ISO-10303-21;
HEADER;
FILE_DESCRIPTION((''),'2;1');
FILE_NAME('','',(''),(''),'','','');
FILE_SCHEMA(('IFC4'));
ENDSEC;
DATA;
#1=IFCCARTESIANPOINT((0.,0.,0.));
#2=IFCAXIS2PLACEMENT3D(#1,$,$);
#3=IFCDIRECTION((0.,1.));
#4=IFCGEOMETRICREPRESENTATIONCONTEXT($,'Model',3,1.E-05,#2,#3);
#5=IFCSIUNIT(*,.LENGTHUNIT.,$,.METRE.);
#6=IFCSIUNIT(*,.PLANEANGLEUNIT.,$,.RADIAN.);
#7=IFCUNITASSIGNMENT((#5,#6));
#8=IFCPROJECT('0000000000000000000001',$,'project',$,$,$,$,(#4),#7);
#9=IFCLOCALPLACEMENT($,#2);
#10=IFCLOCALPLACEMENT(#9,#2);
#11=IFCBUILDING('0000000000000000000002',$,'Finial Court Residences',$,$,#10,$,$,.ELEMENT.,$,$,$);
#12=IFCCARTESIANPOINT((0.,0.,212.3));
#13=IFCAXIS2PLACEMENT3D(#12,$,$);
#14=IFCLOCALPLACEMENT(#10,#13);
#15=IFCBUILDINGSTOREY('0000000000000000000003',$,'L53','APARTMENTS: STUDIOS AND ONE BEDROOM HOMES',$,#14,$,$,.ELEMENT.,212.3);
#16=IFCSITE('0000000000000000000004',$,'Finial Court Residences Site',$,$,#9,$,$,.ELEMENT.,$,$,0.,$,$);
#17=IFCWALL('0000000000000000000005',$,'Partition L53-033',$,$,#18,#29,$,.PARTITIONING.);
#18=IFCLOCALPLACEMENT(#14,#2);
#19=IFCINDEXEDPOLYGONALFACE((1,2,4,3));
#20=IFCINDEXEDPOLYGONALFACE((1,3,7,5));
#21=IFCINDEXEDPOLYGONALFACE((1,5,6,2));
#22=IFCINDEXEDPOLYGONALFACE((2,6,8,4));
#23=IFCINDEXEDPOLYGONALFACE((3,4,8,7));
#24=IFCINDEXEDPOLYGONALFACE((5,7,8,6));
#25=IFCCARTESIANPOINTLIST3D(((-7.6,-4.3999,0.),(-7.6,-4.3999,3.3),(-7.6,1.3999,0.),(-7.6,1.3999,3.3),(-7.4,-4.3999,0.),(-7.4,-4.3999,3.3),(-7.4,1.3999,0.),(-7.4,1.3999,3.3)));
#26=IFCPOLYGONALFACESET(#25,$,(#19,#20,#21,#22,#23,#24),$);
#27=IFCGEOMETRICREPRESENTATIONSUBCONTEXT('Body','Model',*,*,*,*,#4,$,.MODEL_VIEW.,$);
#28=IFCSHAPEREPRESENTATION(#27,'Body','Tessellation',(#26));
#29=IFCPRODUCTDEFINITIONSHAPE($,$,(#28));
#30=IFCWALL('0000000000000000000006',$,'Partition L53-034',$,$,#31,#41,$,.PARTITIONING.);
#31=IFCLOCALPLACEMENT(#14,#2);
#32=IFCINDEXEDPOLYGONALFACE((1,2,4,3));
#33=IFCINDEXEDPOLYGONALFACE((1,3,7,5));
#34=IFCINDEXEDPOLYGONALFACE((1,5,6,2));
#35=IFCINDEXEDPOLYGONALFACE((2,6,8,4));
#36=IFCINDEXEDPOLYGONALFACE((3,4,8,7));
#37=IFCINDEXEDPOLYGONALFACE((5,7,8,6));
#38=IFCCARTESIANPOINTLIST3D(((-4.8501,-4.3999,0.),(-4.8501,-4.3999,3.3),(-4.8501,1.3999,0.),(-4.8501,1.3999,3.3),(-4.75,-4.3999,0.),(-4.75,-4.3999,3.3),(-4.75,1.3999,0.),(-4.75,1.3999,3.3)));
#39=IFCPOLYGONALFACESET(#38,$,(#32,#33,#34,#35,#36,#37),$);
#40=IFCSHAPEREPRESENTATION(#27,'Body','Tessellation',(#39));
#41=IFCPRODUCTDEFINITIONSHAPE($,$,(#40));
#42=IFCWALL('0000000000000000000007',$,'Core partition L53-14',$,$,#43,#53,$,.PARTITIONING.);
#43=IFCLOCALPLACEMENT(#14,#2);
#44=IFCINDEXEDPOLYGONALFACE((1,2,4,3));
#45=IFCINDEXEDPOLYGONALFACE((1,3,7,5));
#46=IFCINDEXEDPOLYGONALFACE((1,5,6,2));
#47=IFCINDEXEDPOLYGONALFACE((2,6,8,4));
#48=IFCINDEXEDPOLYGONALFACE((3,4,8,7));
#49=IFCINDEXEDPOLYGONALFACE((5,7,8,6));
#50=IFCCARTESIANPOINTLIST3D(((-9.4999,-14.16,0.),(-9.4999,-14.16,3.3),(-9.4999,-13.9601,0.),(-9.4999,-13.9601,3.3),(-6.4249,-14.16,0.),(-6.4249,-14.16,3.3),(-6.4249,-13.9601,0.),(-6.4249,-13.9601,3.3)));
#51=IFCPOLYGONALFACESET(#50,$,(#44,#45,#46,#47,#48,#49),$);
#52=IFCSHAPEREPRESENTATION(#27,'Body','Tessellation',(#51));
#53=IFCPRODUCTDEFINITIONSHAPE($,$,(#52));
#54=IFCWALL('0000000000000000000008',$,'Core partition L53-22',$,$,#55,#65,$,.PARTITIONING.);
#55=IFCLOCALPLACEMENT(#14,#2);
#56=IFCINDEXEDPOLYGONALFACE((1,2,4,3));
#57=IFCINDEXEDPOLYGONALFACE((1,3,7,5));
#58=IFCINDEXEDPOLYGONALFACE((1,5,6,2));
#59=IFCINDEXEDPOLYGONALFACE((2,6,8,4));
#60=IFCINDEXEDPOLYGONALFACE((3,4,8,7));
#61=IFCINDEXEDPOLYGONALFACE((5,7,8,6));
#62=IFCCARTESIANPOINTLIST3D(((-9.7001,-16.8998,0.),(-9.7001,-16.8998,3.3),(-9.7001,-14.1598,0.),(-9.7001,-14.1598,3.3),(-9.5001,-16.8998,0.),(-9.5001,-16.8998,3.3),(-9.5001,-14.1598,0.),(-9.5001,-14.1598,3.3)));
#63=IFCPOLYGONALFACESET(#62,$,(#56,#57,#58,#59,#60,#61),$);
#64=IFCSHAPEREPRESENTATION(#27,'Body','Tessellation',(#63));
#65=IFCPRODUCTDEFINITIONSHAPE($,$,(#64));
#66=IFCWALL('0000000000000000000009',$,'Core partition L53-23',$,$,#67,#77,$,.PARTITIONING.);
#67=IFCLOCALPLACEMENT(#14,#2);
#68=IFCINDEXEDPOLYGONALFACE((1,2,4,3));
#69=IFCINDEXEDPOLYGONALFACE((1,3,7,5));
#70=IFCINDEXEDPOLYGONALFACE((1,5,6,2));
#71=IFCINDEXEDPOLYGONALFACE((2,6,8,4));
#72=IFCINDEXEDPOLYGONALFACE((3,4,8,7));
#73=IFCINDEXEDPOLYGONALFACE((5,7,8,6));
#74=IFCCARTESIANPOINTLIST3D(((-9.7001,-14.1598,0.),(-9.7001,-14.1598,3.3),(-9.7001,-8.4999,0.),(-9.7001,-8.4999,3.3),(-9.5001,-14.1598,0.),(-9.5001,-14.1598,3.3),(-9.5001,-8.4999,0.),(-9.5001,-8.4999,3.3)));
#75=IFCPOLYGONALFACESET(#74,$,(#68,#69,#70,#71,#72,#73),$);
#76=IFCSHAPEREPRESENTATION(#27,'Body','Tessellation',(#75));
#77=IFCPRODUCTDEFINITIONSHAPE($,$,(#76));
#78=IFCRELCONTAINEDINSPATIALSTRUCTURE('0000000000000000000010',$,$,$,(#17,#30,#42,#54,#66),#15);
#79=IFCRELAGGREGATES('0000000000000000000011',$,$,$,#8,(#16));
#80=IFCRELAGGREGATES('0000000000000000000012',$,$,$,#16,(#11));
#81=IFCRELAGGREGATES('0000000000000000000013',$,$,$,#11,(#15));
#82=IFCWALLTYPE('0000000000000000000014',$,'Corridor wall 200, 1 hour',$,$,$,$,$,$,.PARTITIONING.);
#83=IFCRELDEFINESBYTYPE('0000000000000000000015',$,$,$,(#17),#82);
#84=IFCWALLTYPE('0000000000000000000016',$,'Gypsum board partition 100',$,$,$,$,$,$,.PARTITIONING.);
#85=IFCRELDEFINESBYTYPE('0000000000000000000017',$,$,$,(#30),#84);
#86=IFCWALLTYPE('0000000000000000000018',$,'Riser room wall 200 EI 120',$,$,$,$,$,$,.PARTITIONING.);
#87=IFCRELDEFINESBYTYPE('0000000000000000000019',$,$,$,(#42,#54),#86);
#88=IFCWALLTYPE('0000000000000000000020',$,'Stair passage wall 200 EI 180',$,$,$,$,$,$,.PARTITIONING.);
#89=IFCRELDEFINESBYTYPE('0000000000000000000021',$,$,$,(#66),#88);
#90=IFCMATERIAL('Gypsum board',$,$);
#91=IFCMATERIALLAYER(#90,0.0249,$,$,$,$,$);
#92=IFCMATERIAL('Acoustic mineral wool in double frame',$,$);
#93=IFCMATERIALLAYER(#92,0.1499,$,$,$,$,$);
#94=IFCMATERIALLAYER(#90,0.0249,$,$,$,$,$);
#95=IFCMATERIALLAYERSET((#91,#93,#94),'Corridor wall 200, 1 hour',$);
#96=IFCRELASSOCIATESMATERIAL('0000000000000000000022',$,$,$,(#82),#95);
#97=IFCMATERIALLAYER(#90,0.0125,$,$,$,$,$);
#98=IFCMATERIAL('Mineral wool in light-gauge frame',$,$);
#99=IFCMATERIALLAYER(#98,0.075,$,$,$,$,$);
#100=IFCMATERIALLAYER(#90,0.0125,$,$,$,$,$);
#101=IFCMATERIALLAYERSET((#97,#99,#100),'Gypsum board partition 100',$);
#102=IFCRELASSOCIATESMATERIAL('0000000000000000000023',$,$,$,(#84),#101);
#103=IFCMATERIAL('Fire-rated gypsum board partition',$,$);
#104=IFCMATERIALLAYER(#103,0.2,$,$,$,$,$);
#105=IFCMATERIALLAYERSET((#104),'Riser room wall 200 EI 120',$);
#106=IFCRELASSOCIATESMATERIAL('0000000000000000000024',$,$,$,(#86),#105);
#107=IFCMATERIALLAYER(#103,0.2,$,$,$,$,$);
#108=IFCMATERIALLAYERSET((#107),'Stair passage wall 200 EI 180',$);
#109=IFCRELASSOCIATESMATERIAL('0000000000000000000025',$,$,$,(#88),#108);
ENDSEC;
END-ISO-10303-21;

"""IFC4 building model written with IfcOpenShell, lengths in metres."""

from ifc_helpers import new_model, si_unit, direction, frame, frame_2d, origin, place, context, subcontext, project, spatial, rectangle, extrude, material, layer, layer_set, type_object, element, save


model = new_model("IFC4")

# Units and contexts
model_context = context("Model", 3, precision=1e-05, world=origin(), true_north=direction((0.0, 1.0)))
body_context = subcontext(model_context, "Body", "Model", "MODEL_VIEW")
ifc_project = project(units=[si_unit("LENGTHUNIT", "METRE"), si_unit("PLANEANGLEUNIT", "RADIAN")], contexts=[model_context])

# Site, building, storey
site_placement = place(None, origin())
site = spatial("IfcSite", under=ifc_project, at=site_placement, Name="Finial Court Residences Site", CompositionType="ELEMENT", RefElevation=0.0)
building_placement = place(site_placement, origin())
building = spatial("IfcBuilding", under=site, at=building_placement, Name="Finial Court Residences", CompositionType="ELEMENT")
storey_placement = place(building_placement, frame((0.0, 0.0, 212.3)))
storey = spatial("IfcBuildingStorey", under=building, at=storey_placement, Name="L53", Description="APARTMENTS: STUDIOS AND ONE BEDROOM HOMES", CompositionType="ELEMENT", Elevation=212.3)

# Shared definitions
ifc_material_1 = material(Name="Fire-rated gypsum board partition")

# Shared definitions
ifc_material_2 = material(Name="Gypsum board")
ifc_layer_1 = layer(ifc_material_2, 0.0249)
ifc_material_3 = material(Name="Acoustic mineral wool in double frame")
ifc_layer_2 = layer(ifc_material_3, 0.1499)
ifc_layer_3 = layer(ifc_material_2, 0.0249)
ifc_layer_set_1 = layer_set([ifc_layer_1, ifc_layer_2, ifc_layer_3], Name="Corridor wall 200, 1 hour")
wall_type_1 = type_object("IfcWallType", Name="Corridor wall 200, 1 hour", PredefinedType="PARTITIONING", material=ifc_layer_set_1)

# Walls
wall_1_placement = place(storey_placement, frame((-7.5, -4.3999, 0.0), z_axis=(0.0, 0.0, 1.0), x_axis=(0.0, 1.0, 0.0)))
element("IfcWall", 1, at=wall_1_placement, inside=storey, type_object=wall_type_1, Name="Partition L53-033", PredefinedType="PARTITIONING", context=body_context, shape_type="SweptSolid", body=[
    extrude(rectangle(XDim=5.7998, YDim=0.2, at=frame_2d((2.8999, 0.0))), origin(), (0.0, 0.0, 1.0), 3.3),
])
ifc_layer_4 = layer(ifc_material_2, 0.0125)
ifc_material_4 = material(Name="Mineral wool in light-gauge frame")
ifc_layer_5 = layer(ifc_material_4, 0.075)
ifc_layer_6 = layer(ifc_material_2, 0.0125)
ifc_layer_set_2 = layer_set([ifc_layer_4, ifc_layer_5, ifc_layer_6], Name="Gypsum board partition 100")
wall_type_2 = type_object("IfcWallType", Name="Gypsum board partition 100", PredefinedType="PARTITIONING", material=ifc_layer_set_2)
wall_2_placement = place(storey_placement, frame((-4.8, -4.3999, 0.0), z_axis=(0.0, 0.0, 1.0), x_axis=(0.0, 1.0, 0.0)))
element("IfcWall", 2, at=wall_2_placement, inside=storey, type_object=wall_type_2, Name="Partition L53-034", PredefinedType="PARTITIONING", context=body_context, shape_type="SweptSolid", body=[
    extrude(rectangle(XDim=5.7998, YDim=0.1001, at=frame_2d((2.8999, 0.0))), origin(), (0.0, 0.0, 1.0), 3.3),
])
ifc_layer_7 = layer(ifc_material_1, 0.2)
ifc_layer_set_3 = layer_set([ifc_layer_7], Name="Riser room wall 200 EI 120")
wall_type_3 = type_object("IfcWallType", Name="Riser room wall 200 EI 120", PredefinedType="PARTITIONING", material=ifc_layer_set_3)
wall_3_placement = place(storey_placement, frame((-9.5, -14.0601, 0.0), z_axis=(0.0, 0.0, 1.0), x_axis=(1.0, 0.0, 0.0)))
element("IfcWall", 3, at=wall_3_placement, inside=storey, type_object=wall_type_3, Name="Core partition L53-14", PredefinedType="PARTITIONING", context=body_context, shape_type="SweptSolid", body=[
    extrude(rectangle(XDim=3.075, YDim=0.2, at=frame_2d((1.5376, 0.0))), origin(), (0.0, 0.0, 1.0), 3.3),
])
wall_4_placement = place(storey_placement, frame((-9.6001, -16.8999, 0.0), z_axis=(0.0, 0.0, 1.0), x_axis=(0.0, 1.0, 0.0)))
element("IfcWall", 4, at=wall_4_placement, inside=storey, type_object=wall_type_3, Name="Core partition L53-22", PredefinedType="PARTITIONING", context=body_context, shape_type="SweptSolid", body=[
    extrude(rectangle(XDim=2.74, YDim=0.2, at=frame_2d((1.3701, 0.0))), origin(), (0.0, 0.0, 1.0), 3.3),
])
ifc_layer_8 = layer(ifc_material_1, 0.2)
ifc_layer_set_4 = layer_set([ifc_layer_8], Name="Stair passage wall 200 EI 180")
wall_type_4 = type_object("IfcWallType", Name="Stair passage wall 200 EI 180", PredefinedType="PARTITIONING", material=ifc_layer_set_4)
wall_5_placement = place(storey_placement, frame((-9.6001, -14.1599, 0.0), z_axis=(0.0, 0.0, 1.0), x_axis=(0.0, 1.0, 0.0)))
element("IfcWall", 5, at=wall_5_placement, inside=storey, type_object=wall_type_4, Name="Core partition L53-23", PredefinedType="PARTITIONING", context=body_context, shape_type="SweptSolid", body=[
    extrude(rectangle(XDim=5.6599, YDim=0.2, at=frame_2d((2.8301, 0.0))), origin(), (0.0, 0.0, 1.0), 3.3),
])

save(model, "model.ifc")
